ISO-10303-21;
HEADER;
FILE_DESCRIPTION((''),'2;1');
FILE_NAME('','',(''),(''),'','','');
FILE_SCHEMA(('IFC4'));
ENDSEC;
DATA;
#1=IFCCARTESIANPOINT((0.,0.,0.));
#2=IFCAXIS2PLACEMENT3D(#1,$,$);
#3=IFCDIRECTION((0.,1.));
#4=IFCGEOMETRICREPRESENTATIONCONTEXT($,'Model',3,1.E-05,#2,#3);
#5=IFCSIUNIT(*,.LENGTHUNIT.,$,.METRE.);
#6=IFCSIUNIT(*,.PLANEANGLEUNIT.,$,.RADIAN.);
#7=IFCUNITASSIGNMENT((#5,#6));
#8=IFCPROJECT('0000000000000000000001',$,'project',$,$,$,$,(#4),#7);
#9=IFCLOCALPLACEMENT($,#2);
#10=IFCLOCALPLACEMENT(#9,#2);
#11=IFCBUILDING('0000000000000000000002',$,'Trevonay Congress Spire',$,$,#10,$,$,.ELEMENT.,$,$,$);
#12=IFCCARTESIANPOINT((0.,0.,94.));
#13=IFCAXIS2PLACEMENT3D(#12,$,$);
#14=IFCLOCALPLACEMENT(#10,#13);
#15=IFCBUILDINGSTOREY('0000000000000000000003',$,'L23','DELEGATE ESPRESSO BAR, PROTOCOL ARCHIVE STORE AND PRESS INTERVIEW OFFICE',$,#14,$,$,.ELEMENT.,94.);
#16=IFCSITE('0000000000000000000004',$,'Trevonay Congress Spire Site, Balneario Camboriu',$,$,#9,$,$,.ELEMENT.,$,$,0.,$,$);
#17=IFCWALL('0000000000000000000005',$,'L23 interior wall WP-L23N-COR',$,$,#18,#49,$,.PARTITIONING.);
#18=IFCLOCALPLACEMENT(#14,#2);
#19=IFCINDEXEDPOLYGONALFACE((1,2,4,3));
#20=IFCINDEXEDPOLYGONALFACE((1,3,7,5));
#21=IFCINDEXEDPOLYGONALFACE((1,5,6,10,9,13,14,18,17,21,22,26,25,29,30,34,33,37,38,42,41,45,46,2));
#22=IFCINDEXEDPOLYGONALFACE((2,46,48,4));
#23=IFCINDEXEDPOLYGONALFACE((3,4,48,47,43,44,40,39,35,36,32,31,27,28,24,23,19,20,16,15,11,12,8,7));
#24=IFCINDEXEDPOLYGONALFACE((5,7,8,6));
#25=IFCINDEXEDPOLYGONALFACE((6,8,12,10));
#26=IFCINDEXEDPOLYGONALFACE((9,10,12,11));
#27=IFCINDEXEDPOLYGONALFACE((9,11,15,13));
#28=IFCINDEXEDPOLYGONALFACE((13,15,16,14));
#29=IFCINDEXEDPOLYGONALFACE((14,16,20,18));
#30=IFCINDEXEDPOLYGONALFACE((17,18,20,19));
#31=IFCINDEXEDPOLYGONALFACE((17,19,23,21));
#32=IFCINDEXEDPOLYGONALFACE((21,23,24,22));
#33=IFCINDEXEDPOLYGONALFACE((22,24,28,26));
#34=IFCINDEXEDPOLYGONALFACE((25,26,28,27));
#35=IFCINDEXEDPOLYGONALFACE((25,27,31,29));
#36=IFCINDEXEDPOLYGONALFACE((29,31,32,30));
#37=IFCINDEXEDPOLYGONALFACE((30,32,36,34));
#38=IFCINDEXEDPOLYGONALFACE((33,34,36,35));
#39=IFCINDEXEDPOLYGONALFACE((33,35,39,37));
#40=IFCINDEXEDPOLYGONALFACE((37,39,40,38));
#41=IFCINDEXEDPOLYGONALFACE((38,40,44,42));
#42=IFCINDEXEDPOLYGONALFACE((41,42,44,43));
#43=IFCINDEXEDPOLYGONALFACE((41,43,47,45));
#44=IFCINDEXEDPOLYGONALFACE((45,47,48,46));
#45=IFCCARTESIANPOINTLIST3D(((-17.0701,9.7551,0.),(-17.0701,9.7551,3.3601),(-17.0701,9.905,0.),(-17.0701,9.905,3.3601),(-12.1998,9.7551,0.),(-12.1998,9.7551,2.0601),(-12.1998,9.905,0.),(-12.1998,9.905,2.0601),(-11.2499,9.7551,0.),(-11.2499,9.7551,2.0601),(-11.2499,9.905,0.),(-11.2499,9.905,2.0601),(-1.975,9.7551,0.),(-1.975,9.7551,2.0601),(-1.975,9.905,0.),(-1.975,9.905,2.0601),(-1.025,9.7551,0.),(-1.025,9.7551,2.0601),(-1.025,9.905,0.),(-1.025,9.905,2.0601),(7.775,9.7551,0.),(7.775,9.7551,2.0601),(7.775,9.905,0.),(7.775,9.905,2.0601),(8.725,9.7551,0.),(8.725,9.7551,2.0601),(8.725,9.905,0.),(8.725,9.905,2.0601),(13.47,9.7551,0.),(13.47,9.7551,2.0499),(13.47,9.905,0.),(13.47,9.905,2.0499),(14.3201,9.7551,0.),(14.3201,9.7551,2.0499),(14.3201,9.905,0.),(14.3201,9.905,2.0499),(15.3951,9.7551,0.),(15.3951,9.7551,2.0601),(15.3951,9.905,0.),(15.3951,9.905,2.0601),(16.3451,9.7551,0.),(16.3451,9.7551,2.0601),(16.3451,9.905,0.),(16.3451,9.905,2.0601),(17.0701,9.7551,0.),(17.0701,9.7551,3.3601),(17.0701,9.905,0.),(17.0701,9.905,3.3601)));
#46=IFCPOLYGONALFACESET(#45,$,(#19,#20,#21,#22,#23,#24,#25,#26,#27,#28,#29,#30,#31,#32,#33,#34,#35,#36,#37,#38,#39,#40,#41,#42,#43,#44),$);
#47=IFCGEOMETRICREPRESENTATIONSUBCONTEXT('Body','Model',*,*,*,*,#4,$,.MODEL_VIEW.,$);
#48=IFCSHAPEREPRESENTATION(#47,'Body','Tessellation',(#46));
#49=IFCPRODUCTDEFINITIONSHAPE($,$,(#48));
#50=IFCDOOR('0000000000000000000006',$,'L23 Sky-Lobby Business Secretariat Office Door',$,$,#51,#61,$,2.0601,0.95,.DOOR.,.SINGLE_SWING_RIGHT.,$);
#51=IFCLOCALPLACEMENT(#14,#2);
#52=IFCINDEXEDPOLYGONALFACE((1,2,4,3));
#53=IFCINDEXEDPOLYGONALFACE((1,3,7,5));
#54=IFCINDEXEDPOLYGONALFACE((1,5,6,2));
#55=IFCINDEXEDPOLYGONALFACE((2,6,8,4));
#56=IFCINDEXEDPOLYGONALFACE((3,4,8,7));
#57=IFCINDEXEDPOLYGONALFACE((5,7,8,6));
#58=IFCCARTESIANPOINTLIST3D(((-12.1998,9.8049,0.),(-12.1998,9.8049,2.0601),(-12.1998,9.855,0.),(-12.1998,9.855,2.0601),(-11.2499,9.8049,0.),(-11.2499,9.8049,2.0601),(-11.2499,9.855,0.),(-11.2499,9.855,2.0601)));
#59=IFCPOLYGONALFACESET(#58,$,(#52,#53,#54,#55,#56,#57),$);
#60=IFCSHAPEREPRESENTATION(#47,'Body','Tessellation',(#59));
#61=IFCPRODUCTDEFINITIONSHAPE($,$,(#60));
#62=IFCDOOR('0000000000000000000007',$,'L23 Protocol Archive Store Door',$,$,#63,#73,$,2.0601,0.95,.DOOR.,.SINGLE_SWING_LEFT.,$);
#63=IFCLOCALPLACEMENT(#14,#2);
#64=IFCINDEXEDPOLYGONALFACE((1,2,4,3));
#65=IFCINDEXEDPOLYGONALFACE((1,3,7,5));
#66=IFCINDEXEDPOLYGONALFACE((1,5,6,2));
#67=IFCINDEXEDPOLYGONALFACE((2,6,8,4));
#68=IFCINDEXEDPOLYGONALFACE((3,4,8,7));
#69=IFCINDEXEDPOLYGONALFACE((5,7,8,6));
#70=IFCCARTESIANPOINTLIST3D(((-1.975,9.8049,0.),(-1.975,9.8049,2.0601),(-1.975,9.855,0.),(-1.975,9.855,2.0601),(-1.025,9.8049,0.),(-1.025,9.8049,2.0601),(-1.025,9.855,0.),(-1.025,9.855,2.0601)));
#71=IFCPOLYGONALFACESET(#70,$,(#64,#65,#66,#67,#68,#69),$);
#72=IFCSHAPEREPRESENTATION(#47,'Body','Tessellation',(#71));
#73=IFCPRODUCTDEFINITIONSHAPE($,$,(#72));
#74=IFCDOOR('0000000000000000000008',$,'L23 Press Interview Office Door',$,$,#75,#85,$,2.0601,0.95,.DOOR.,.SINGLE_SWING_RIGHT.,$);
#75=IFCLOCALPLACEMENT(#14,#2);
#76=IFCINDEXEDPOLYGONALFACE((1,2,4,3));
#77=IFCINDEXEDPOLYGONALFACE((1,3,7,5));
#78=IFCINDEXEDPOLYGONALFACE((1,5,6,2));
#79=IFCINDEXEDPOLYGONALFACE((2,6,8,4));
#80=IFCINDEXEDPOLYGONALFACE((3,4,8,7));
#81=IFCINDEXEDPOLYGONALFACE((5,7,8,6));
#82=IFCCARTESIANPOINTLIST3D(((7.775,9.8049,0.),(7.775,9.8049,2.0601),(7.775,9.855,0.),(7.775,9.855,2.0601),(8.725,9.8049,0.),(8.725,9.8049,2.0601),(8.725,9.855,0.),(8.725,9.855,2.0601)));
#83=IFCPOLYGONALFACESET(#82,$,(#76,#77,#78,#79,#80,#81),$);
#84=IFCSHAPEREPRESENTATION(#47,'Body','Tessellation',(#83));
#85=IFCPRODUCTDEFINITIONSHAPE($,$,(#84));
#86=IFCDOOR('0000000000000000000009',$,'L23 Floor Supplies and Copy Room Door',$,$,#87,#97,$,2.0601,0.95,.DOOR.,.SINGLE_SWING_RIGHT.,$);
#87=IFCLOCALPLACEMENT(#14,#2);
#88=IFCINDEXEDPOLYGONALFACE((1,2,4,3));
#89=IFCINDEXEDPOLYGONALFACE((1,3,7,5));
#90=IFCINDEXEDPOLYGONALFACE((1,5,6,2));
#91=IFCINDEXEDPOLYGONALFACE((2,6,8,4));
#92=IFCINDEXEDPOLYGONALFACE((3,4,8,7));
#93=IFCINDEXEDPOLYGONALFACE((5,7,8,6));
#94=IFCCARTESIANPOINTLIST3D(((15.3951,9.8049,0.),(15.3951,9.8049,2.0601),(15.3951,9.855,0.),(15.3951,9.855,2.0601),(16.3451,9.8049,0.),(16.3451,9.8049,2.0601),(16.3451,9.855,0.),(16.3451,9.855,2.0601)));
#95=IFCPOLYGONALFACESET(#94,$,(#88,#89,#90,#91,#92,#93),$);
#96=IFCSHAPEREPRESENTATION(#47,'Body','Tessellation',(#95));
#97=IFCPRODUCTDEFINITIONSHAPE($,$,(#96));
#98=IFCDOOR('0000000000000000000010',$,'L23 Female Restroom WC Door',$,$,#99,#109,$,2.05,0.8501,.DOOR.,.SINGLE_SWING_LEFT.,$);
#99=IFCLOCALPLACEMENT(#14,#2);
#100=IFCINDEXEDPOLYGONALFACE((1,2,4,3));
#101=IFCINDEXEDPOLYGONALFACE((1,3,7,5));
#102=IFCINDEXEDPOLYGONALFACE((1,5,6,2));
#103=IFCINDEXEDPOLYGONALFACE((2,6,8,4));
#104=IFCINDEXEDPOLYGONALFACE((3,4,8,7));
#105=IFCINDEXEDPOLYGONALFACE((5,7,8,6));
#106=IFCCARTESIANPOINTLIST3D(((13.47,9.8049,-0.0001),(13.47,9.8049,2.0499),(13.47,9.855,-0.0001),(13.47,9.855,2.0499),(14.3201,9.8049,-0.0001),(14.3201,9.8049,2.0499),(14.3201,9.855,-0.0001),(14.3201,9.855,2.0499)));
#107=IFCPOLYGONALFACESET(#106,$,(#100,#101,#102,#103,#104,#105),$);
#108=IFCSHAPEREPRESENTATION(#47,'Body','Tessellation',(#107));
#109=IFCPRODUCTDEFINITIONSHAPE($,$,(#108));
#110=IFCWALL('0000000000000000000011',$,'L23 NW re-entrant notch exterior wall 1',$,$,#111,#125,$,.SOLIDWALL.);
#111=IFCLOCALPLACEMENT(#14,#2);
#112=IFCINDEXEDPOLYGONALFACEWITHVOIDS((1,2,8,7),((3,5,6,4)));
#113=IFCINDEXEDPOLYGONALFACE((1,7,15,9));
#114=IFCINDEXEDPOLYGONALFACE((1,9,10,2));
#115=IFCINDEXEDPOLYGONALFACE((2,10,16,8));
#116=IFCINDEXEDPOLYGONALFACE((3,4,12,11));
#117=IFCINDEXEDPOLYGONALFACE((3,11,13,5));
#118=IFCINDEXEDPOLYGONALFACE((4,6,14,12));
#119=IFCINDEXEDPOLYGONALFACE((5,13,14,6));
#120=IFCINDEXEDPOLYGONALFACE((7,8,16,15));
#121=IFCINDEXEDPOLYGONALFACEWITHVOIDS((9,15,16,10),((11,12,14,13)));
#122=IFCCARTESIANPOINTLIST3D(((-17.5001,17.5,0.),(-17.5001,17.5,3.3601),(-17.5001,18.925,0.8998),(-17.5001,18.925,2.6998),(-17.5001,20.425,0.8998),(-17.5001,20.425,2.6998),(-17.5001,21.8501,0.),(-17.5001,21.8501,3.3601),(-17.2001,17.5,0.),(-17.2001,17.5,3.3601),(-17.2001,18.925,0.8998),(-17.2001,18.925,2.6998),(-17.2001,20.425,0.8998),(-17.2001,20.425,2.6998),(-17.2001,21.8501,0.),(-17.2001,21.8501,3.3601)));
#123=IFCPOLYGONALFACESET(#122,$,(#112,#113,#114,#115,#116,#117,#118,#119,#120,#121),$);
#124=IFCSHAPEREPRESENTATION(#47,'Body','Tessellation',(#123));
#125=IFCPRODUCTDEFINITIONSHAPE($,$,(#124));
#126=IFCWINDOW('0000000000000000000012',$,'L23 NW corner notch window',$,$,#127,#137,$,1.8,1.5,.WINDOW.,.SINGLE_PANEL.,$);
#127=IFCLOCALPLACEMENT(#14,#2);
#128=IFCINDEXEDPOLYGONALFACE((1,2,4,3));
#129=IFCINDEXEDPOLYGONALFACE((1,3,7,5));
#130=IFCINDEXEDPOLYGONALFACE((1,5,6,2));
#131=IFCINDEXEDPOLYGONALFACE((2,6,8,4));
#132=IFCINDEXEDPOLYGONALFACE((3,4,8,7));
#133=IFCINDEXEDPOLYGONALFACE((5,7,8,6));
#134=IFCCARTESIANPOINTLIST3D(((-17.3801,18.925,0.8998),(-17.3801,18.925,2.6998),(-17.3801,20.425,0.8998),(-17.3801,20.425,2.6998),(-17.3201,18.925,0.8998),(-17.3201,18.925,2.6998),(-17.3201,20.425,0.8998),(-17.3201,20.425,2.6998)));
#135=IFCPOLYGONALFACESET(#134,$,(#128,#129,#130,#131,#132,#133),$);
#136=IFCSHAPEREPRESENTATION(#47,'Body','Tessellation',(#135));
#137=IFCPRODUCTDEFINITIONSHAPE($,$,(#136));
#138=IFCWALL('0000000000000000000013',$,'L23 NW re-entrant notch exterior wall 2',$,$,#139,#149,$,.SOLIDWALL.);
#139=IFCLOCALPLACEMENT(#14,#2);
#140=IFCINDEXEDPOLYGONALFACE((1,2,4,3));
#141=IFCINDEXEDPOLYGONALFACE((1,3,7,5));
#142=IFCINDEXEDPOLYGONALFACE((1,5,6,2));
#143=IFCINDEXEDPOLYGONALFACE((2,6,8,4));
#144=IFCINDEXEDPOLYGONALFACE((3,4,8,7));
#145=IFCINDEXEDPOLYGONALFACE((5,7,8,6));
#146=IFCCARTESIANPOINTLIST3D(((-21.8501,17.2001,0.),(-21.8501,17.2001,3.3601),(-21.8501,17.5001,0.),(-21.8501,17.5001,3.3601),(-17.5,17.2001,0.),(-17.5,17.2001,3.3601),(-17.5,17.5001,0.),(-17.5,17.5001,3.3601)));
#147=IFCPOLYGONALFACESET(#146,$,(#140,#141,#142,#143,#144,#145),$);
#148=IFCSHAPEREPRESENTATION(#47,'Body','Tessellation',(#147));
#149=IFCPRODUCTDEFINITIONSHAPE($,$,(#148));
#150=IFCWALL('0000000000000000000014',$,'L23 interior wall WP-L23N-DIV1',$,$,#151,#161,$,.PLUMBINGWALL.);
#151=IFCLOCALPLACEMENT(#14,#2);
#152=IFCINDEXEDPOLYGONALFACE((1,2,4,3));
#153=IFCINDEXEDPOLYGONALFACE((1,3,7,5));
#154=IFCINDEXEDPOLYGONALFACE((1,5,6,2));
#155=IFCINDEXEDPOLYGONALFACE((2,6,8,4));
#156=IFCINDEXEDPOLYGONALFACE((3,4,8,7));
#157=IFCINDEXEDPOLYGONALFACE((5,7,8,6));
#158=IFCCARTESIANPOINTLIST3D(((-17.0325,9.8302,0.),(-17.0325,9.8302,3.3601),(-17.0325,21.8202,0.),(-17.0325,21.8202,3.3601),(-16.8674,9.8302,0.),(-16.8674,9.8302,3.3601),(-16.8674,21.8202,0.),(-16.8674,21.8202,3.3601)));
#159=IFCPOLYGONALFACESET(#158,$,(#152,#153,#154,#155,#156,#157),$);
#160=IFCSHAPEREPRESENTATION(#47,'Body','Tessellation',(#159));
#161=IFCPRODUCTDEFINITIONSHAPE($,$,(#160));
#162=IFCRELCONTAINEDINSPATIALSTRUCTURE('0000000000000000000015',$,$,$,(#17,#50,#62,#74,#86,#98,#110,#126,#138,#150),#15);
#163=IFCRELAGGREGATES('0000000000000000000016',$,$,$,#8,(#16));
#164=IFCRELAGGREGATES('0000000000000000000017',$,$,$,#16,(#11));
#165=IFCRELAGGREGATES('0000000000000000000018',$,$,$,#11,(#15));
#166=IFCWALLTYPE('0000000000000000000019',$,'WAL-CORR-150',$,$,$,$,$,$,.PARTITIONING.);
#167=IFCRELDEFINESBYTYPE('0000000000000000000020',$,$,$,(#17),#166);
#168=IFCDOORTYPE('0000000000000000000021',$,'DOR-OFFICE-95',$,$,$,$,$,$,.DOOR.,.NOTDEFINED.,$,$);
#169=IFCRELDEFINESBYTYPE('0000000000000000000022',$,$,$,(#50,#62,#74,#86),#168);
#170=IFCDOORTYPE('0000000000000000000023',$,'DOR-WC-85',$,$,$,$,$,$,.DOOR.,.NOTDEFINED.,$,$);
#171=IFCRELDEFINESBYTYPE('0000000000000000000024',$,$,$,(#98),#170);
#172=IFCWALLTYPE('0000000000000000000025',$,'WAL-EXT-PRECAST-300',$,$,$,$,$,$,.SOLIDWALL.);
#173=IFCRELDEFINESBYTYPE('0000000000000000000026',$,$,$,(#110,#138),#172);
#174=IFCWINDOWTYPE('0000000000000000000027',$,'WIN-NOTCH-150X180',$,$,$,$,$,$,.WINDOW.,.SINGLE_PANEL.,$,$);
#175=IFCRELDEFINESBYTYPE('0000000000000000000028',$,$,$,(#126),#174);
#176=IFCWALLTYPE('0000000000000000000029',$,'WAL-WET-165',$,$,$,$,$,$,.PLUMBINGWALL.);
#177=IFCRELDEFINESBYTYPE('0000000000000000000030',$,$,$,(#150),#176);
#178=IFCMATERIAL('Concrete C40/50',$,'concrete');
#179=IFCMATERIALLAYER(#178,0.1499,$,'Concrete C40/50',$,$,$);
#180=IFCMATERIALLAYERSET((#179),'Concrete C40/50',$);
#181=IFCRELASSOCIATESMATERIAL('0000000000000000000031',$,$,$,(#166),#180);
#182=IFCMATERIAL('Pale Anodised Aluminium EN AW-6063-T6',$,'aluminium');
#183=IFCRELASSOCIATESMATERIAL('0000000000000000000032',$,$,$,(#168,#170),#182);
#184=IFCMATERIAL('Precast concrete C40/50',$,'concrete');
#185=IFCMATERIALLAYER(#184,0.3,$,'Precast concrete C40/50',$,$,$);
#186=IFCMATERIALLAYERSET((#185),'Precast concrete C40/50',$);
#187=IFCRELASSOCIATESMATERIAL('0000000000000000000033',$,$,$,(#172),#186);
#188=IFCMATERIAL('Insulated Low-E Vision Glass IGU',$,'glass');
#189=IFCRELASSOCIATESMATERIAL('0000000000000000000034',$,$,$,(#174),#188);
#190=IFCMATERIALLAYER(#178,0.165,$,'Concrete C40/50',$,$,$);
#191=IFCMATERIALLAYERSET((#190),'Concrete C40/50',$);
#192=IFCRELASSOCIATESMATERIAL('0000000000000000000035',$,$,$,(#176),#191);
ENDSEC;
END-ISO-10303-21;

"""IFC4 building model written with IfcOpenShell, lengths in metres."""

from ifc_helpers import new_model, si_unit, direction, frame, frame_2d, origin, place, context, subcontext, project, spatial, rectangle, extrude, material, layer, layer_set, type_object, element, fill, save


model = new_model("IFC4")

# Units and contexts
model_context = context("Model", 3, precision=1e-05, world=origin(), true_north=direction((0.0, 1.0)))
body_context = subcontext(model_context, "Body", "Model", "MODEL_VIEW")
ifc_project = project(units=[si_unit("LENGTHUNIT", "METRE"), si_unit("PLANEANGLEUNIT", "RADIAN")], contexts=[model_context])

# Site, building, storey
site_placement = place(None, origin())
site = spatial("IfcSite", under=ifc_project, at=site_placement, Name="Trevonay Congress Spire Site, Balneario Camboriu", CompositionType="ELEMENT", RefElevation=0.0)
building_placement = place(site_placement, origin())
building = spatial("IfcBuilding", under=site, at=building_placement, Name="Trevonay Congress Spire", CompositionType="ELEMENT")
storey_placement = place(building_placement, frame((0.0, 0.0, 94.0)))
storey = spatial("IfcBuildingStorey", under=building, at=storey_placement, Name="L23", Description="DELEGATE ESPRESSO BAR, PROTOCOL ARCHIVE STORE AND PRESS INTERVIEW OFFICE", CompositionType="ELEMENT", Elevation=94.0)

# Shared definitions
ifc_material_1 = material(Name="Pale Anodised Aluminium EN AW-6063-T6", Category="aluminium")

# Shared definitions
ifc_material_2 = material(Name="Insulated Low-E Vision Glass IGU", Category="glass")

# Wall, openings, doors
ifc_material_3 = material(Name="Concrete C40/50", Category="concrete")
ifc_layer_1 = layer(ifc_material_3, 0.1499, Name="Concrete C40/50")
ifc_layer_set_1 = layer_set([ifc_layer_1], Name="Concrete C40/50")
wall_type_1 = type_object("IfcWallType", Name="WAL-CORR-150", PredefinedType="PARTITIONING", material=ifc_layer_set_1)
wall_1_placement = place(storey_placement, frame((-17.0701, 9.8301, 0.0), z_axis=(0.0, 0.0, 1.0), x_axis=(1.0, 0.0, 0.0)))
wall_1 = element("IfcWall", 1, at=wall_1_placement, inside=storey, type_object=wall_type_1, Name="L23 interior wall WP-L23N-COR", PredefinedType="PARTITIONING", context=body_context, shape_type="SweptSolid", body=[
    extrude(rectangle(XDim=34.1401, YDim=0.1499, at=frame_2d((17.0701, 0.0))), origin(), (0.0, 0.0, 1.0), 3.3601),
])
opening_1_placement = place(wall_1_placement, frame((4.8701, 0.0, 0.0)))
opening_1 = element("IfcOpeningElement", 2, at=opening_1_placement, cuts=wall_1, PredefinedType="OPENING", context=body_context, shape_type="SweptSolid", body=[
    extrude(rectangle(XDim=0.95, YDim=2.0601, at=frame_2d((0.4751, 1.03))), frame((0.0, 0.085, 0.0), z_axis=(0.0, -1.0, 0.0), x_axis=(1.0, 0.0, 0.0)), (0.0, 0.0, 1.0), 0.1699),
])
opening_2_placement = place(wall_1_placement, frame((15.095, 0.0, 0.0)))
opening_2 = element("IfcOpeningElement", 3, at=opening_2_placement, cuts=wall_1, PredefinedType="OPENING", context=body_context, shape_type="SweptSolid", body=[
    extrude(rectangle(XDim=0.95, YDim=2.0601, at=frame_2d((0.4751, 1.03))), frame((0.0, 0.085, 0.0), z_axis=(0.0, -1.0, 0.0), x_axis=(1.0, 0.0, 0.0)), (0.0, 0.0, 1.0), 0.1699),
])
opening_3_placement = place(wall_1_placement, frame((24.845, 0.0, 0.0)))
opening_3 = element("IfcOpeningElement", 4, at=opening_3_placement, cuts=wall_1, PredefinedType="OPENING", context=body_context, shape_type="SweptSolid", body=[
    extrude(rectangle(XDim=0.95, YDim=2.0601, at=frame_2d((0.4751, 1.03))), frame((0.0, 0.085, 0.0), z_axis=(0.0, -1.0, 0.0), x_axis=(1.0, 0.0, 0.0)), (0.0, 0.0, 1.0), 0.1699),
])
opening_4_placement = place(wall_1_placement, frame((30.54, 0.0, 0.0)))
opening_4 = element("IfcOpeningElement", 5, at=opening_4_placement, cuts=wall_1, PredefinedType="OPENING", context=body_context, shape_type="SweptSolid", body=[
    extrude(rectangle(XDim=0.8501, YDim=2.05, at=frame_2d((0.425, 1.0249))), frame((0.0, 0.085, 0.0), z_axis=(0.0, -1.0, 0.0), x_axis=(1.0, 0.0, 0.0)), (0.0, 0.0, 1.0), 0.1699),
])
opening_5_placement = place(wall_1_placement, frame((32.4651, 0.0, 0.0)))
opening_5 = element("IfcOpeningElement", 6, at=opening_5_placement, cuts=wall_1, PredefinedType="OPENING", context=body_context, shape_type="SweptSolid", body=[
    extrude(rectangle(XDim=0.95, YDim=2.0601, at=frame_2d((0.4751, 1.03))), frame((0.0, 0.085, 0.0), z_axis=(0.0, -1.0, 0.0), x_axis=(1.0, 0.0, 0.0)), (0.0, 0.0, 1.0), 0.1699),
])
door_type_1 = type_object("IfcDoorType", Name="DOR-OFFICE-95", OperationType="NOTDEFINED", PredefinedType="DOOR", material=ifc_material_1)
door_1_placement = place(opening_1_placement, origin())
door_1 = element("IfcDoor", 7, at=door_1_placement, inside=storey, type_object=door_type_1, Name="L23 Sky-Lobby Business Secretariat Office Door", OperationType="SINGLE_SWING_RIGHT", OverallHeight=2.0601, OverallWidth=0.95, PredefinedType="DOOR", context=body_context, shape_type="SweptSolid", body=[
    extrude(rectangle(XDim=0.95, YDim=2.0601, at=frame_2d((0.4751, 1.03))), frame((0.0, 0.0249, 0.0), z_axis=(0.0, -1.0, 0.0), x_axis=(1.0, 0.0, 0.0)), (0.0, 0.0, 1.0), 0.05),
])
fill(opening_1, door_1)
door_2_placement = place(opening_2_placement, origin())
door_2 = element("IfcDoor", 8, at=door_2_placement, inside=storey, type_object=door_type_1, Name="L23 Protocol Archive Store Door", OperationType="SINGLE_SWING_LEFT", OverallHeight=2.0601, OverallWidth=0.95, PredefinedType="DOOR", context=body_context, shape_type="SweptSolid", body=[
    extrude(rectangle(XDim=0.95, YDim=2.0601, at=frame_2d((0.4751, 1.03))), frame((0.0, 0.0249, 0.0), z_axis=(0.0, -1.0, 0.0), x_axis=(1.0, 0.0, 0.0)), (0.0, 0.0, 1.0), 0.05),
])
fill(opening_2, door_2)
door_3_placement = place(opening_3_placement, origin())
door_3 = element("IfcDoor", 9, at=door_3_placement, inside=storey, type_object=door_type_1, Name="L23 Press Interview Office Door", OperationType="SINGLE_SWING_RIGHT", OverallHeight=2.0601, OverallWidth=0.95, PredefinedType="DOOR", context=body_context, shape_type="SweptSolid", body=[
    extrude(rectangle(XDim=0.95, YDim=2.0601, at=frame_2d((0.4751, 1.03))), frame((0.0, 0.0249, 0.0), z_axis=(0.0, -1.0, 0.0), x_axis=(1.0, 0.0, 0.0)), (0.0, 0.0, 1.0), 0.05),
])
fill(opening_3, door_3)
door_4_placement = place(opening_5_placement, origin())
door_4 = element("IfcDoor", 10, at=door_4_placement, inside=storey, type_object=door_type_1, Name="L23 Floor Supplies and Copy Room Door", OperationType="SINGLE_SWING_RIGHT", OverallHeight=2.0601, OverallWidth=0.95, PredefinedType="DOOR", context=body_context, shape_type="SweptSolid", body=[
    extrude(rectangle(XDim=0.95, YDim=2.0601, at=frame_2d((0.4751, 1.03))), frame((0.0, 0.0249, 0.0), z_axis=(0.0, -1.0, 0.0), x_axis=(1.0, 0.0, 0.0)), (0.0, 0.0, 1.0), 0.05),
])
fill(opening_5, door_4)
door_type_2 = type_object("IfcDoorType", Name="DOR-WC-85", OperationType="NOTDEFINED", PredefinedType="DOOR", material=ifc_material_1)
door_5_placement = place(opening_4_placement, origin())
door_5 = element("IfcDoor", 11, at=door_5_placement, inside=storey, type_object=door_type_2, Name="L23 Female Restroom WC Door", OperationType="SINGLE_SWING_LEFT", OverallHeight=2.05, OverallWidth=0.8501, PredefinedType="DOOR", context=body_context, shape_type="SweptSolid", body=[
    extrude(rectangle(XDim=0.8501, YDim=2.05, at=frame_2d((0.425, 1.0249))), frame((0.0, 0.0249, 0.0), z_axis=(0.0, -1.0, 0.0), x_axis=(1.0, 0.0, 0.0)), (0.0, 0.0, 1.0), 0.05),
])
fill(opening_4, door_5)

# Wall, opening, window
ifc_material_4 = material(Name="Precast concrete C40/50", Category="concrete")
ifc_layer_2 = layer(ifc_material_4, 0.3, Name="Precast concrete C40/50")
ifc_layer_set_2 = layer_set([ifc_layer_2], Name="Precast concrete C40/50")
wall_type_2 = type_object("IfcWallType", Name="WAL-EXT-PRECAST-300", PredefinedType="SOLIDWALL", material=ifc_layer_set_2)
wall_2_placement = place(storey_placement, frame((-17.3501, 21.8501, 0.0), z_axis=(0.0, 0.0, 1.0), x_axis=(0.0, -1.0, 0.0)))
wall_2 = element("IfcWall", 12, at=wall_2_placement, inside=storey, type_object=wall_type_2, Name="L23 NW re-entrant notch exterior wall 1", PredefinedType="SOLIDWALL", context=body_context, shape_type="SweptSolid", body=[
    extrude(rectangle(XDim=4.3501, YDim=0.3, at=frame_2d((2.175, 0.0))), origin(), (0.0, 0.0, 1.0), 3.3601),
])
opening_6_placement = place(wall_2_placement, frame((1.425, 0.0, 0.8999)))
opening_6 = element("IfcOpeningElement", 13, at=opening_6_placement, cuts=wall_2, PredefinedType="OPENING", context=body_context, shape_type="SweptSolid", body=[
    extrude(rectangle(XDim=1.5, YDim=1.8, at=frame_2d((0.75, 0.8999))), frame((0.0, 0.1602, 0.0), z_axis=(0.0, -1.0, 0.0), x_axis=(1.0, 0.0, 0.0)), (0.0, 0.0, 1.0), 0.3201),
])
window_type = type_object("IfcWindowType", Name="WIN-NOTCH-150X180", PartitioningType="SINGLE_PANEL", PredefinedType="WINDOW", material=ifc_material_2)
window_placement = place(opening_6_placement, origin())
window = element("IfcWindow", 14, at=window_placement, inside=storey, type_object=window_type, Name="L23 NW corner notch window", OverallHeight=1.8, OverallWidth=1.5, PartitioningType="SINGLE_PANEL", PredefinedType="WINDOW", context=body_context, shape_type="SweptSolid", body=[
    extrude(rectangle(XDim=1.5, YDim=1.8, at=frame_2d((0.75, 0.8999))), frame((0.0, 0.03, 0.0), z_axis=(0.0, -1.0, 0.0), x_axis=(1.0, 0.0, 0.0)), (0.0, 0.0, 1.0), 0.0601),
])
fill(opening_6, window)

# Walls
wall_3_placement = place(storey_placement, frame((-21.8501, 17.3501, 0.0), z_axis=(0.0, 0.0, 1.0), x_axis=(1.0, 0.0, 0.0)))
element("IfcWall", 15, at=wall_3_placement, inside=storey, type_object=wall_type_2, Name="L23 NW re-entrant notch exterior wall 2", PredefinedType="SOLIDWALL", context=body_context, shape_type="SweptSolid", body=[
    extrude(rectangle(XDim=4.3501, YDim=0.3, at=frame_2d((2.175, 0.0))), origin(), (0.0, 0.0, 1.0), 3.3601),
])
ifc_layer_3 = layer(ifc_material_3, 0.165, Name="Concrete C40/50")
ifc_layer_set_3 = layer_set([ifc_layer_3], Name="Concrete C40/50")
wall_type_3 = type_object("IfcWallType", Name="WAL-WET-165", PredefinedType="PLUMBINGWALL", material=ifc_layer_set_3)
wall_4_placement = place(storey_placement, frame((-16.95, 9.8301, 0.0), z_axis=(0.0, 0.0, 1.0), x_axis=(0.0, 1.0, 0.0)))
element("IfcWall", 16, at=wall_4_placement, inside=storey, type_object=wall_type_3, Name="L23 interior wall WP-L23N-DIV1", PredefinedType="PLUMBINGWALL", context=body_context, shape_type="SweptSolid", body=[
    extrude(rectangle(XDim=11.99, YDim=0.165, at=frame_2d((5.9951, 0.0))), origin(), (0.0, 0.0, 1.0), 3.3601),
])

save(model, "model.ifc")
